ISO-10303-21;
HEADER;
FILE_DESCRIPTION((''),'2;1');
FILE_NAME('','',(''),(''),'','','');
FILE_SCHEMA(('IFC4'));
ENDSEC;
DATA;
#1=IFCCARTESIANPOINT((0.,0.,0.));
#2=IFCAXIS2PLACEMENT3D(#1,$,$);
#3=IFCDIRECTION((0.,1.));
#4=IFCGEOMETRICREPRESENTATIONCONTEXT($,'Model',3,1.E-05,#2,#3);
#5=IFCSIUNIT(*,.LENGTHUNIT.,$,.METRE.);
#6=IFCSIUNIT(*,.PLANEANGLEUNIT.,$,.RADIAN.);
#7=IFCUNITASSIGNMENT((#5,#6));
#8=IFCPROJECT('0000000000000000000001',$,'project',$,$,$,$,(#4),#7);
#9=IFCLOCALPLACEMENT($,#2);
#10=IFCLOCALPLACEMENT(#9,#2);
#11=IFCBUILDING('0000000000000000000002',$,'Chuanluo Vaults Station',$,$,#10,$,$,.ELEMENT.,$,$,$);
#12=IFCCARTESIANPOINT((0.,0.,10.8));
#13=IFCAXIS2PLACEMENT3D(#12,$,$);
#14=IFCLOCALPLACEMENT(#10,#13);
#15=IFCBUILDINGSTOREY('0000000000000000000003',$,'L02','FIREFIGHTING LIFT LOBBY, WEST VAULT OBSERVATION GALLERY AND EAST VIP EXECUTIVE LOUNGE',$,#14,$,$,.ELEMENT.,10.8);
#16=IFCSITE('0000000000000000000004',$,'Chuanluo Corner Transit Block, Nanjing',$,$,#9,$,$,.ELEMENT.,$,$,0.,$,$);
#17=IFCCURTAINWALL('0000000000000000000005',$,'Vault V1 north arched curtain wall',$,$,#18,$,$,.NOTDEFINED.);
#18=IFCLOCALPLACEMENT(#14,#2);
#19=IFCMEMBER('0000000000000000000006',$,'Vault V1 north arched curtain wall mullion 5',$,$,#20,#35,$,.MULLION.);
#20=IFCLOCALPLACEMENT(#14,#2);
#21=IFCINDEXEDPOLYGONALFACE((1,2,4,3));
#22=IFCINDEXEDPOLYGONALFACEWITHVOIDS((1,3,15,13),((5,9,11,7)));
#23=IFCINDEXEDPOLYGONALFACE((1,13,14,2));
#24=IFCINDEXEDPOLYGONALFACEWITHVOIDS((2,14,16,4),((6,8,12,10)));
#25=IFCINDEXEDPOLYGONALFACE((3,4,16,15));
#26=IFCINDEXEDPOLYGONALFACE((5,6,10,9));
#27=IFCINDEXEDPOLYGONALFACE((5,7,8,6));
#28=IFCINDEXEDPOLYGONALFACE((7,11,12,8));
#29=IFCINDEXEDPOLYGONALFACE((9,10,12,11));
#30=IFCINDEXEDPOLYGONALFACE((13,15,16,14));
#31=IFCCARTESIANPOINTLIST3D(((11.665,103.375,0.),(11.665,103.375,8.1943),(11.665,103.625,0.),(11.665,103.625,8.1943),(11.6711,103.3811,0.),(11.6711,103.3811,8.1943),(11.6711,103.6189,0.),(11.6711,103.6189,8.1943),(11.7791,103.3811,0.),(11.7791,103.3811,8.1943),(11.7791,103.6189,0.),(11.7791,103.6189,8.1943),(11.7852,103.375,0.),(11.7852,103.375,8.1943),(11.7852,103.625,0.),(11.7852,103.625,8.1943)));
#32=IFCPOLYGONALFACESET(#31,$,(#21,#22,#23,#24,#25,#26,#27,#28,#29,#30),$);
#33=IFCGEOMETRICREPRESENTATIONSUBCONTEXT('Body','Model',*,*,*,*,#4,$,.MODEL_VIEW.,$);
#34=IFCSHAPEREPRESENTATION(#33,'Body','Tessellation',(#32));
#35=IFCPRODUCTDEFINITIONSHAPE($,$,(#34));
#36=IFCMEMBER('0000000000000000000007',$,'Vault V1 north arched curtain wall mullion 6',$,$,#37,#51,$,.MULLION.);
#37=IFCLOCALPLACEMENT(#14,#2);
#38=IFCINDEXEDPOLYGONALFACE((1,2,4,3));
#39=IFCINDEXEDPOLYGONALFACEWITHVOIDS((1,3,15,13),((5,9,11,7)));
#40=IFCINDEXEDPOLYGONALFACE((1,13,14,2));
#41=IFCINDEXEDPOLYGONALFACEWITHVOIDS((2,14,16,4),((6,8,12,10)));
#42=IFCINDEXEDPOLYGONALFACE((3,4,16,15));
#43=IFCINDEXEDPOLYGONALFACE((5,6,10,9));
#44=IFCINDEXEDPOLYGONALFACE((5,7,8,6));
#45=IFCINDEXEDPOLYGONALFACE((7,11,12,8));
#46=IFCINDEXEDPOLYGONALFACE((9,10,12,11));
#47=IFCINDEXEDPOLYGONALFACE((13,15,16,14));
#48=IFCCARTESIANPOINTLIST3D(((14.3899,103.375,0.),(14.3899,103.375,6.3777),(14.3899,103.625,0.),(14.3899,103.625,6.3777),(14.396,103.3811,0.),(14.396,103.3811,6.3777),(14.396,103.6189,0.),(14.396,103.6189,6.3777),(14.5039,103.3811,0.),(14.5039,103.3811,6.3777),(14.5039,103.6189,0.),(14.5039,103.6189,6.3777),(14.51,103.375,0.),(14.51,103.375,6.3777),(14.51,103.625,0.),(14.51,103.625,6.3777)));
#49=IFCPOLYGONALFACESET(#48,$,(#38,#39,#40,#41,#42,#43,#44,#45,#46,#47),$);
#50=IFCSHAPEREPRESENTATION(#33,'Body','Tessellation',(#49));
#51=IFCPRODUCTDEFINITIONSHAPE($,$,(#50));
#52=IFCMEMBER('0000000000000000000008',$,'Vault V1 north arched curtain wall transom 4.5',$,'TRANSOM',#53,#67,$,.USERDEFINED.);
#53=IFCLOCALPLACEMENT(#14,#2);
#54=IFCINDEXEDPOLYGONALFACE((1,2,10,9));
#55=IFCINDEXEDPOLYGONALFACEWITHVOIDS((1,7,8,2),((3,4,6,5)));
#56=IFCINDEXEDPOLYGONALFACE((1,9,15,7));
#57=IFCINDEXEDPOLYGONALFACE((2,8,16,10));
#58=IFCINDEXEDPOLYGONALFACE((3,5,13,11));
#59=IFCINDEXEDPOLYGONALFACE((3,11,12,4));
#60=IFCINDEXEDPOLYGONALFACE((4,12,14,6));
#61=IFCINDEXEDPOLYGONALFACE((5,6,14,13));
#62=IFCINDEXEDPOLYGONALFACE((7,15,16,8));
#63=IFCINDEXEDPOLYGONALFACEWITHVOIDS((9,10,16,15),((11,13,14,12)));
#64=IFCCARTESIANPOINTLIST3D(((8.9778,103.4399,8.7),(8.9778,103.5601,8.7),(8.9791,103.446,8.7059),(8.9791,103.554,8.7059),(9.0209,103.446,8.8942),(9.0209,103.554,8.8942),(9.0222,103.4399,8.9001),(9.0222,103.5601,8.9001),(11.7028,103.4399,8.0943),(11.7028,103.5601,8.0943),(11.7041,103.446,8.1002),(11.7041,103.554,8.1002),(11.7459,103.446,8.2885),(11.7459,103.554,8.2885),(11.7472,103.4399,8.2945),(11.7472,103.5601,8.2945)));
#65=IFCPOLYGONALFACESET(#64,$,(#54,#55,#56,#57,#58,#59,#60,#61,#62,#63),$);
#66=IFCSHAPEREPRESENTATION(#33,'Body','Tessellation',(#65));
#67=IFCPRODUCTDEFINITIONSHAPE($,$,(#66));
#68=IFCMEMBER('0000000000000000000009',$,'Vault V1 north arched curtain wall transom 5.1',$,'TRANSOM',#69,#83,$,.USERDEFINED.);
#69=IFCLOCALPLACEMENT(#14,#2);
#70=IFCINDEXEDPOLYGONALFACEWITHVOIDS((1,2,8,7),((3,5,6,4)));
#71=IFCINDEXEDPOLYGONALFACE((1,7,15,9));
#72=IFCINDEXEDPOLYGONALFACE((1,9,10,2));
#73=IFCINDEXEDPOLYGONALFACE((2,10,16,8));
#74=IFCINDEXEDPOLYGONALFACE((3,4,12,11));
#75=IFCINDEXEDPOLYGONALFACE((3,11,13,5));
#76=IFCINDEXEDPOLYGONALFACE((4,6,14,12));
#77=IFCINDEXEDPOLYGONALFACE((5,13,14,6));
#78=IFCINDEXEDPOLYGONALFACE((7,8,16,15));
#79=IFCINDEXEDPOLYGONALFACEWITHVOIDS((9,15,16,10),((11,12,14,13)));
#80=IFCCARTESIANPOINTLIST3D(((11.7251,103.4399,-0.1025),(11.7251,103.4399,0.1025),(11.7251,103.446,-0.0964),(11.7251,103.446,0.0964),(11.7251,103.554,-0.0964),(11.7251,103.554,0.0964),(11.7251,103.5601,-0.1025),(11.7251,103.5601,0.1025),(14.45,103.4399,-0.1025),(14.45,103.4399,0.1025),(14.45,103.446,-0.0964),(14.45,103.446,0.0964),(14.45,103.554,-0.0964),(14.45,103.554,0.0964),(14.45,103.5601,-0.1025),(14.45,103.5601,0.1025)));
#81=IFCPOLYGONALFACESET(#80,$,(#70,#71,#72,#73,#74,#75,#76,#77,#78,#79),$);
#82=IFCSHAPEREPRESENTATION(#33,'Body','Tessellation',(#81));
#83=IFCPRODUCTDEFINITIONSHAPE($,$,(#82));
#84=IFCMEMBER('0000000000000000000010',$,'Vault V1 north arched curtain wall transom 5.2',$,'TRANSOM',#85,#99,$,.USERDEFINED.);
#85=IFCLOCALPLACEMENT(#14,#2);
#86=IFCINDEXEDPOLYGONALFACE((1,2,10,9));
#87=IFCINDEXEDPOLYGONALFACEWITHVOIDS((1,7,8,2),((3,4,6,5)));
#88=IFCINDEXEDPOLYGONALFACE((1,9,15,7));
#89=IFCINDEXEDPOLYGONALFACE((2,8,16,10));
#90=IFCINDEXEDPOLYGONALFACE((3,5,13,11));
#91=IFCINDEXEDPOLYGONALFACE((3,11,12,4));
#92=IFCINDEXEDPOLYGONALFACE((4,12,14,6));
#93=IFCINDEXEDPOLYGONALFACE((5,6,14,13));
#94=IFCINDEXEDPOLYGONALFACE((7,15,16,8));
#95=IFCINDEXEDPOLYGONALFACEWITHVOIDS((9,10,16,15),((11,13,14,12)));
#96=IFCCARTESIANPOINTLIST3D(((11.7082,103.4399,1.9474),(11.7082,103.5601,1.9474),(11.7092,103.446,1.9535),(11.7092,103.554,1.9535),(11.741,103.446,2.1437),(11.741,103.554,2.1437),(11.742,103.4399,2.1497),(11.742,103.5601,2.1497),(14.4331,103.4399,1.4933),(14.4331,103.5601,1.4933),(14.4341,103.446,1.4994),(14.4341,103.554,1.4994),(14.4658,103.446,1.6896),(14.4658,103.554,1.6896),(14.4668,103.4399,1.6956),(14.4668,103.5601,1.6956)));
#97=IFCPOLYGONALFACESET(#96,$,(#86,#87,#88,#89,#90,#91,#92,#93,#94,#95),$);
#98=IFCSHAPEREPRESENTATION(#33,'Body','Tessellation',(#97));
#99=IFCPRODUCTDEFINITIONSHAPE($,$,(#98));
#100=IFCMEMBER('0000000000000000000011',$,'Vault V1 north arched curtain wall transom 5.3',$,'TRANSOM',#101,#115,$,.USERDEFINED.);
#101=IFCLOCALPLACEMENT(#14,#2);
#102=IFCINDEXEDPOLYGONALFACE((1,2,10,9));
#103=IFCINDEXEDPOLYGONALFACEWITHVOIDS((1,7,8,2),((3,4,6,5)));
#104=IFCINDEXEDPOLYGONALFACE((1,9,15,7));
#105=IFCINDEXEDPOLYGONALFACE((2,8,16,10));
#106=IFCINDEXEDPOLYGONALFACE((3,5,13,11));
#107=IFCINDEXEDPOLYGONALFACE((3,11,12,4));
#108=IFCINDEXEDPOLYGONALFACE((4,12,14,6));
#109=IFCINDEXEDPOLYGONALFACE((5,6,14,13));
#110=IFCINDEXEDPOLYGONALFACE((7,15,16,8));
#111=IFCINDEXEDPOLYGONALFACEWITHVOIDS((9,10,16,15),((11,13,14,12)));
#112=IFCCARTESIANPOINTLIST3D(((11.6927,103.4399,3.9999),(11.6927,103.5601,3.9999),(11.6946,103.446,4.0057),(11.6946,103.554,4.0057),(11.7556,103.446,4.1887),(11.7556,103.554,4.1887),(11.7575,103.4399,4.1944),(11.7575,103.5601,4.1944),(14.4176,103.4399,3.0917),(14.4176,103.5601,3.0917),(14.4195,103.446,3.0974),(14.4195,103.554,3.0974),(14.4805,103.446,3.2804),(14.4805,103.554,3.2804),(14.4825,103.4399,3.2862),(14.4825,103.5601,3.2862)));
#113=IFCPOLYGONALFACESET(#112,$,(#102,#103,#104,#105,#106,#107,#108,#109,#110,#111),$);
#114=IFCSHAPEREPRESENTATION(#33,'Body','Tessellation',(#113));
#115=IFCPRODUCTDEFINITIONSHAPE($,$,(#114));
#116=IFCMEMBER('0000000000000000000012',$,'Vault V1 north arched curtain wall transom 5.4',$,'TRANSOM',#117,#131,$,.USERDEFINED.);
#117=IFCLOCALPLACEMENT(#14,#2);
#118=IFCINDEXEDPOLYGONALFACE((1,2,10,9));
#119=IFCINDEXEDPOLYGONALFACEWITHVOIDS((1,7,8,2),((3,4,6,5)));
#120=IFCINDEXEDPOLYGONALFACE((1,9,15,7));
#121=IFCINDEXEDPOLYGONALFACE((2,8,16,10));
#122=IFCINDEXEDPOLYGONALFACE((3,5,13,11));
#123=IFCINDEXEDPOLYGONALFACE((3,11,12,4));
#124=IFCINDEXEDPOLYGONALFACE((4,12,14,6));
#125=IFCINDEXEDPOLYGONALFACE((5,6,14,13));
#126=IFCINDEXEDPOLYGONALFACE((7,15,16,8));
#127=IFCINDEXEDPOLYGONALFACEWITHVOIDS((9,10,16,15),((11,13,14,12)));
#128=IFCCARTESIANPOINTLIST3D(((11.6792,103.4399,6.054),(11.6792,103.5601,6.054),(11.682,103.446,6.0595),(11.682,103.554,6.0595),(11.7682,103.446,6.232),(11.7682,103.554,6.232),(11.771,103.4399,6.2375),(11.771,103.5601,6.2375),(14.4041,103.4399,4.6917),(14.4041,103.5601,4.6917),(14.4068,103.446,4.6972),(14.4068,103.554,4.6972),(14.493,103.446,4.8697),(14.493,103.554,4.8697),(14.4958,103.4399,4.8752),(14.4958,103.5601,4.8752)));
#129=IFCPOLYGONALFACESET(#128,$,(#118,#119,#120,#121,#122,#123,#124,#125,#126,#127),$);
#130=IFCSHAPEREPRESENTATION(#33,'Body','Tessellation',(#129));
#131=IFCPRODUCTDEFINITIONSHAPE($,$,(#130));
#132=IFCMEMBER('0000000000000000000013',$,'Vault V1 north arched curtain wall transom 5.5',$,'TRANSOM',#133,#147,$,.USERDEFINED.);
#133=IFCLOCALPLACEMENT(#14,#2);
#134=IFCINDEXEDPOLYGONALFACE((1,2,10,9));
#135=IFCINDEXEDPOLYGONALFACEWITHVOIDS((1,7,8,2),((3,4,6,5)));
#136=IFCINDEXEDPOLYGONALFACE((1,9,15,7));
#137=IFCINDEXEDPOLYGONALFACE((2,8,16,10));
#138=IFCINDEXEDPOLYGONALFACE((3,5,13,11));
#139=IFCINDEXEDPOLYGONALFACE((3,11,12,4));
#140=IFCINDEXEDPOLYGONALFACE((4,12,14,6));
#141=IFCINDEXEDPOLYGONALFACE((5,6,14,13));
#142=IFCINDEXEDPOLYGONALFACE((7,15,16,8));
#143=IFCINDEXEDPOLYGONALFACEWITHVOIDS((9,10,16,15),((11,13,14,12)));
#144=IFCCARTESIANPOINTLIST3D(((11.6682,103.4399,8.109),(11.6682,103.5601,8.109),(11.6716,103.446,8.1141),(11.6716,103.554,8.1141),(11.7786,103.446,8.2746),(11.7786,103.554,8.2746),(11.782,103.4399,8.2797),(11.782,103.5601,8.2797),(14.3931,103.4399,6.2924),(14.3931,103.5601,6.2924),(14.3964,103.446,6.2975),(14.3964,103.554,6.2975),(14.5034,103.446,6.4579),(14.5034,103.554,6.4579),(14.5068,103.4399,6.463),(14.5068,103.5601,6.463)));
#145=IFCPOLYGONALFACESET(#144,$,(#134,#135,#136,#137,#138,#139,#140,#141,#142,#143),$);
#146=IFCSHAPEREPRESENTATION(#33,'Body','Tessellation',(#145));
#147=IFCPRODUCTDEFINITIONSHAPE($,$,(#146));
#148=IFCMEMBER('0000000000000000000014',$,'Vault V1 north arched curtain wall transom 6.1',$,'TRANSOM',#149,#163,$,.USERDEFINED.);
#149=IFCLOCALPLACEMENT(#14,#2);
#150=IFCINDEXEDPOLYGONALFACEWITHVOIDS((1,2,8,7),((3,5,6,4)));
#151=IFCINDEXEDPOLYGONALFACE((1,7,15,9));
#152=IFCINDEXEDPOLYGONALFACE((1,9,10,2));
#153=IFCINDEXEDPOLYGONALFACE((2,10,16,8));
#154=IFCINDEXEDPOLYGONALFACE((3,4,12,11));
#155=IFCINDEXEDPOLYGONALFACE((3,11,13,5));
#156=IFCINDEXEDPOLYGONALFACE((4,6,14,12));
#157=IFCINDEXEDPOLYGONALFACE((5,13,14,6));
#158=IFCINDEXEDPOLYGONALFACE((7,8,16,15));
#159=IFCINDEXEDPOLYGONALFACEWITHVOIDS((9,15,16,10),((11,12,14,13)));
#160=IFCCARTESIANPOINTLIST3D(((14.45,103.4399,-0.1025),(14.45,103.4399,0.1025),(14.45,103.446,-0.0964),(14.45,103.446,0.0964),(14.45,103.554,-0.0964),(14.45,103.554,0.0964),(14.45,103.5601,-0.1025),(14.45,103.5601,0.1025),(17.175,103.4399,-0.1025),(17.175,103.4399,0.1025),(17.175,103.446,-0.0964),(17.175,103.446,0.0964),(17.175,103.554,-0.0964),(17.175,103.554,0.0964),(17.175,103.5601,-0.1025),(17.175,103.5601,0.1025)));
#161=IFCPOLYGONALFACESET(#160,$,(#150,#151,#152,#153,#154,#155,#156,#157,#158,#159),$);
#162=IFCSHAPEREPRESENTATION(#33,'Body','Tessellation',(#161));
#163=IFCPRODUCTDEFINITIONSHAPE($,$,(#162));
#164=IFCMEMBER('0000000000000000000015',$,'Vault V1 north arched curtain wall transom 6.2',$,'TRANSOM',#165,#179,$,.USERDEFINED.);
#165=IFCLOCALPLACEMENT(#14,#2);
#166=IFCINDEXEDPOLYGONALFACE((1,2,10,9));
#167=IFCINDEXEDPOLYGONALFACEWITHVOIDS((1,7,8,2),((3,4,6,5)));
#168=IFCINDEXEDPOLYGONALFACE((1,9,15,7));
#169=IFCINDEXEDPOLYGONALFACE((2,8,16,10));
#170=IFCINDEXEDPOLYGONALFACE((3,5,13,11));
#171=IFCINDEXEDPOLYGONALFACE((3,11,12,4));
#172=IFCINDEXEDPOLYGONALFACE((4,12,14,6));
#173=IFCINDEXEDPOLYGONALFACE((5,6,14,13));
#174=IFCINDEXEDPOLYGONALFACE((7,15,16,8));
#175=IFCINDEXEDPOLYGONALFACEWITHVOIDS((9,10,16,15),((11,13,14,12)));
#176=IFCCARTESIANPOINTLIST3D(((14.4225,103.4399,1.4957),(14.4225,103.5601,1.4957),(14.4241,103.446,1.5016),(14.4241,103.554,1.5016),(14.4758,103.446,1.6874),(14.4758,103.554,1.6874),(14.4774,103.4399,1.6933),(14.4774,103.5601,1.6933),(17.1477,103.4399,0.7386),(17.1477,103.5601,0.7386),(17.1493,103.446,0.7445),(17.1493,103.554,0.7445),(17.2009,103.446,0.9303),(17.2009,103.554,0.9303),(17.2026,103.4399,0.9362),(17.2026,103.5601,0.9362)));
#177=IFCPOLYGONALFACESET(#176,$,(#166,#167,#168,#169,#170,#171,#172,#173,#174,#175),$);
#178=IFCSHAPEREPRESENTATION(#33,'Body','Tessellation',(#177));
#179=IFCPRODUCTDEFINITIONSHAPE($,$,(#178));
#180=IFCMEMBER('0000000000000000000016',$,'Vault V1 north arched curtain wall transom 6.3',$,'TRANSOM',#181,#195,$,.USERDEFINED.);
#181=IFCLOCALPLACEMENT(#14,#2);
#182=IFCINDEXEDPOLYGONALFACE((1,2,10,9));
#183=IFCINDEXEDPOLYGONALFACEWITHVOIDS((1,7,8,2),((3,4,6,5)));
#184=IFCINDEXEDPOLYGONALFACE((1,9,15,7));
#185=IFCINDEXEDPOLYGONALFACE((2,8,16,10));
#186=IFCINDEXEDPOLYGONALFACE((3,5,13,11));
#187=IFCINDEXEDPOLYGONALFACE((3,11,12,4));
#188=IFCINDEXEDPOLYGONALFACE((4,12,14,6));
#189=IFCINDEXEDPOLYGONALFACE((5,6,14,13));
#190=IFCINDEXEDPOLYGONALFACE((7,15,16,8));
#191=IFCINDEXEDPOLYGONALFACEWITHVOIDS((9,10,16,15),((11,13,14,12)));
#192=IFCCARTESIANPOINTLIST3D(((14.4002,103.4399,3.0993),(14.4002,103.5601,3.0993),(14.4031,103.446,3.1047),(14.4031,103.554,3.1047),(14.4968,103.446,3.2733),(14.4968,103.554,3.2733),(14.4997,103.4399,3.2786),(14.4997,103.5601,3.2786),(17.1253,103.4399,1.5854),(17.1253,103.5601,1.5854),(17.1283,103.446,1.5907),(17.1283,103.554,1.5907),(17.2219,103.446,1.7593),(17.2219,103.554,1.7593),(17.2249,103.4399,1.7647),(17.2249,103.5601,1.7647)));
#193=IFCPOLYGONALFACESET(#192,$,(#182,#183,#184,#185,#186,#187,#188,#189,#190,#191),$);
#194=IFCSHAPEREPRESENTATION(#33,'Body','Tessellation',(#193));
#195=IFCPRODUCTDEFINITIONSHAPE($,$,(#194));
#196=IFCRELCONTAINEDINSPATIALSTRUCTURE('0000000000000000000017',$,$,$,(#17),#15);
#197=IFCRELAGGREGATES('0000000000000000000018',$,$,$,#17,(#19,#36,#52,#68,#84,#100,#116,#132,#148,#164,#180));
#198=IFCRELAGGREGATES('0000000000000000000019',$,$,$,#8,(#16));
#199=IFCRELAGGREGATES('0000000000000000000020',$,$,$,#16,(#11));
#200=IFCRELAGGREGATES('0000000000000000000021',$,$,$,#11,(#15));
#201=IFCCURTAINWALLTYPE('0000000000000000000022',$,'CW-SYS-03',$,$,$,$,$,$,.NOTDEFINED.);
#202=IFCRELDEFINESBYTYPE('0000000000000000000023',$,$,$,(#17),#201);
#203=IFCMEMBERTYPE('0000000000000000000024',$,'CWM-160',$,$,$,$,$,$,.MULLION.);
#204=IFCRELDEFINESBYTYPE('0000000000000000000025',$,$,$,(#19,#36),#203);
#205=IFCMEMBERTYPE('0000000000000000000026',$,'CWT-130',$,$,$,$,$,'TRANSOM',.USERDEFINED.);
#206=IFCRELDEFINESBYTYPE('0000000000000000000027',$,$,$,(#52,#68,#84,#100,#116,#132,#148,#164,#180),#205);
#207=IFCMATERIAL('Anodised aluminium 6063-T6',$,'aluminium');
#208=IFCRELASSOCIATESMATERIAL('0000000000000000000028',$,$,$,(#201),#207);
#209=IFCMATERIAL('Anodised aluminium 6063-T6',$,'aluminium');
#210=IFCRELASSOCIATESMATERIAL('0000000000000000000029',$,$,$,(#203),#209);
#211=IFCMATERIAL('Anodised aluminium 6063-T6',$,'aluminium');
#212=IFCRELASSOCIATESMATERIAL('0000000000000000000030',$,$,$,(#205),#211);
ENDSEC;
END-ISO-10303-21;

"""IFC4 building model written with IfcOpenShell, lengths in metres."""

from ifc_helpers import new_model, si_unit, direction, frame, origin, origin_2d, place, context, subcontext, project, spatial, hollow_rectangle, extrude, material, material_profile, profile_set, type_object, element, aggregate, save


model = new_model("IFC4")

# Units and contexts
model_context = context("Model", 3, precision=1e-05, world=origin(), true_north=direction((0.0, 1.0)))
body_context = subcontext(model_context, "Body", "Model", "MODEL_VIEW")
ifc_project = project(units=[si_unit("LENGTHUNIT", "METRE"), si_unit("PLANEANGLEUNIT", "RADIAN")], contexts=[model_context])

# Site, building, storey
site_placement = place(None, origin())
site = spatial("IfcSite", under=ifc_project, at=site_placement, Name="Chuanluo Corner Transit Block, Nanjing", CompositionType="ELEMENT", RefElevation=0.0)
building_placement = place(site_placement, origin())
building = spatial("IfcBuilding", under=site, at=building_placement, Name="Chuanluo Vaults Station", CompositionType="ELEMENT")
storey_placement = place(building_placement, frame((0.0, 0.0, 10.8)))
storey = spatial("IfcBuildingStorey", under=building, at=storey_placement, Name="L02", Description="FIREFIGHTING LIFT LOBBY, WEST VAULT OBSERVATION GALLERY AND EAST VIP EXECUTIVE LOUNGE", CompositionType="ELEMENT", Elevation=10.8)

# Curtain wall, members
ifc_material_1 = material(Name="Anodised aluminium 6063-T6", Category="aluminium")
curtain_wall_type = type_object("IfcCurtainWallType", Name="CW-SYS-03", PredefinedType="NOTDEFINED", material=ifc_material_1)
curtain_wall_placement = place(storey_placement, origin())
curtain_wall = element("IfcCurtainWall", 1, at=curtain_wall_placement, inside=storey, type_object=curtain_wall_type, Name="Vault V1 north arched curtain wall", PredefinedType="NOTDEFINED")
ifc_material_2 = material(Name="Anodised aluminium 6063-T6", Category="aluminium")
ifc_material_profile_1 = material_profile(ifc_material_2, hollow_rectangle(XDim=0.1201, YDim=0.25, WallThickness=0.0061, at=origin_2d()))
ifc_profile_set_1 = profile_set([ifc_material_profile_1], Name="Anodised aluminium 6063-T6")
member_type_1 = type_object("IfcMemberType", Name="CWM-160", PredefinedType="MULLION", material=ifc_profile_set_1)
member_1_placement = place(storey_placement, frame((11.7251, 103.5, 0.0), z_axis=(0.0, 0.0, 1.0), x_axis=(1.0, 0.0, 0.0)))
member_1 = element("IfcMember", 2, at=member_1_placement, type_object=member_type_1, Name="Vault V1 north arched curtain wall mullion 5", PredefinedType="MULLION", context=body_context, shape_type="SweptSolid", body=[
    extrude(hollow_rectangle(XDim=0.1201, YDim=0.25, WallThickness=0.0061, at=origin_2d()), origin(), (0.0, 0.0, 1.0), 8.1943),
])
member_2_placement = place(storey_placement, frame((14.45, 103.5, 0.0), z_axis=(0.0, 0.0, 1.0), x_axis=(1.0, 0.0, 0.0)))
member_2 = element("IfcMember", 3, at=member_2_placement, type_object=member_type_1, Name="Vault V1 north arched curtain wall mullion 6", PredefinedType="MULLION", context=body_context, shape_type="SweptSolid", body=[
    extrude(hollow_rectangle(XDim=0.1201, YDim=0.25, WallThickness=0.0061, at=origin_2d()), origin(), (0.0, 0.0, 1.0), 6.3777),
])
ifc_material_3 = material(Name="Anodised aluminium 6063-T6", Category="aluminium")
ifc_material_profile_2 = material_profile(ifc_material_3, hollow_rectangle(XDim=0.1201, YDim=0.2051, WallThickness=0.0061, at=origin_2d()))
ifc_profile_set_2 = profile_set([ifc_material_profile_2], Name="Anodised aluminium 6063-T6")
member_type_2 = type_object("IfcMemberType", Name="CWT-130", ElementType="TRANSOM", PredefinedType="USERDEFINED", material=ifc_profile_set_2)
member_3_placement = place(storey_placement, frame((9.0, 103.5, 8.8), z_axis=(0.976177, 0.0, -0.216977), x_axis=(0.0, 1.0, 0.0)))
member_3 = element("IfcMember", 4, at=member_3_placement, type_object=member_type_2, Name="Vault V1 north arched curtain wall transom 4.5", ObjectType="TRANSOM", PredefinedType="USERDEFINED", context=body_context, shape_type="SweptSolid", body=[
    extrude(hollow_rectangle(XDim=0.1201, YDim=0.2051, WallThickness=0.0061, at=origin_2d()), origin(), (0.0, 0.0, 1.0), 2.7915),
])
member_4_placement = place(storey_placement, frame((11.7251, 103.5, 0.0), z_axis=(1.0, 0.0, 0.0), x_axis=(0.0, 1.0, 0.0)))
member_4 = element("IfcMember", 5, at=member_4_placement, type_object=member_type_2, Name="Vault V1 north arched curtain wall transom 5.1", ObjectType="TRANSOM", PredefinedType="USERDEFINED", context=body_context, shape_type="SweptSolid", body=[
    extrude(hollow_rectangle(XDim=0.1201, YDim=0.2051, WallThickness=0.0061, at=origin_2d()), origin(), (0.0, 0.0, 1.0), 2.7249),
])
member_5_placement = place(storey_placement, frame((11.7251, 103.5, 2.0486), z_axis=(0.986396, 0.0, -0.164385), x_axis=(0.0, 1.0, 0.0)))
member_5 = element("IfcMember", 6, at=member_5_placement, type_object=member_type_2, Name="Vault V1 north arched curtain wall transom 5.2", ObjectType="TRANSOM", PredefinedType="USERDEFINED", context=body_context, shape_type="SweptSolid", body=[
    extrude(hollow_rectangle(XDim=0.1201, YDim=0.2051, WallThickness=0.0061, at=origin_2d()), origin(), (0.0, 0.0, 1.0), 2.7625),
])
member_6_placement = place(storey_placement, frame((11.7251, 103.5, 4.0972), z_axis=(0.948692, 0.0, -0.316202), x_axis=(0.0, 1.0, 0.0)))
member_6 = element("IfcMember", 7, at=member_6_placement, type_object=member_type_2, Name="Vault V1 north arched curtain wall transom 5.3", ObjectType="TRANSOM", PredefinedType="USERDEFINED", context=body_context, shape_type="SweptSolid", body=[
    extrude(hollow_rectangle(XDim=0.1201, YDim=0.2051, WallThickness=0.0061, at=origin_2d()), origin(), (0.0, 0.0, 1.0), 2.8723),
])
member_7_placement = place(storey_placement, frame((11.7251, 103.5, 6.1458), z_axis=(0.894443, 0.0, -0.447182), x_axis=(0.0, 1.0, 0.0)))
member_7 = element("IfcMember", 8, at=member_7_placement, type_object=member_type_2, Name="Vault V1 north arched curtain wall transom 5.4", ObjectType="TRANSOM", PredefinedType="USERDEFINED", context=body_context, shape_type="SweptSolid", body=[
    extrude(hollow_rectangle(XDim=0.1201, YDim=0.2051, WallThickness=0.0061, at=origin_2d()), origin(), (0.0, 0.0, 1.0), 3.0464),
])
member_8_placement = place(storey_placement, frame((11.7251, 103.5, 8.1943), z_axis=(0.832039, 0.0, -0.554717), x_axis=(0.0, 1.0, 0.0)))
member_8 = element("IfcMember", 9, at=member_8_placement, type_object=member_type_2, Name="Vault V1 north arched curtain wall transom 5.5", ObjectType="TRANSOM", PredefinedType="USERDEFINED", context=body_context, shape_type="SweptSolid", body=[
    extrude(hollow_rectangle(XDim=0.1201, YDim=0.2051, WallThickness=0.0061, at=origin_2d()), origin(), (0.0, 0.0, 1.0), 3.2749),
])
member_9_placement = place(storey_placement, frame((14.45, 103.5, 0.0), z_axis=(1.0, 0.0, 0.0), x_axis=(0.0, 1.0, 0.0)))
member_9 = element("IfcMember", 10, at=member_9_placement, type_object=member_type_2, Name="Vault V1 north arched curtain wall transom 6.1", ObjectType="TRANSOM", PredefinedType="USERDEFINED", context=body_context, shape_type="SweptSolid", body=[
    extrude(hollow_rectangle(XDim=0.1201, YDim=0.2051, WallThickness=0.0061, at=origin_2d()), origin(), (0.0, 0.0, 1.0), 2.7251),
])
member_10_placement = place(storey_placement, frame((14.45, 103.5, 1.5945), z_axis=(0.963508, 0.0, -0.267679), x_axis=(0.0, 1.0, 0.0)))
member_10 = element("IfcMember", 11, at=member_10_placement, type_object=member_type_2, Name="Vault V1 north arched curtain wall transom 6.2", ObjectType="TRANSOM", PredefinedType="USERDEFINED", context=body_context, shape_type="SweptSolid", body=[
    extrude(hollow_rectangle(XDim=0.1201, YDim=0.2051, WallThickness=0.0061, at=origin_2d()), origin(), (0.0, 0.0, 1.0), 2.8284),
])
member_11_placement = place(storey_placement, frame((14.45, 103.5, 3.189), z_axis=(0.874161, 0.0, -0.485636), x_axis=(0.0, 1.0, 0.0)))
member_11 = element("IfcMember", 12, at=member_11_placement, type_object=member_type_2, Name="Vault V1 north arched curtain wall transom 6.3", ObjectType="TRANSOM", PredefinedType="USERDEFINED", context=body_context, shape_type="SweptSolid", body=[
    extrude(hollow_rectangle(XDim=0.1201, YDim=0.2051, WallThickness=0.0061, at=origin_2d()), origin(), (0.0, 0.0, 1.0), 3.1174),
])
aggregate(curtain_wall, [member_1, member_2, member_3, member_4, member_5, member_6, member_7, member_8, member_9, member_10, member_11])

save(model, "model.ifc")
